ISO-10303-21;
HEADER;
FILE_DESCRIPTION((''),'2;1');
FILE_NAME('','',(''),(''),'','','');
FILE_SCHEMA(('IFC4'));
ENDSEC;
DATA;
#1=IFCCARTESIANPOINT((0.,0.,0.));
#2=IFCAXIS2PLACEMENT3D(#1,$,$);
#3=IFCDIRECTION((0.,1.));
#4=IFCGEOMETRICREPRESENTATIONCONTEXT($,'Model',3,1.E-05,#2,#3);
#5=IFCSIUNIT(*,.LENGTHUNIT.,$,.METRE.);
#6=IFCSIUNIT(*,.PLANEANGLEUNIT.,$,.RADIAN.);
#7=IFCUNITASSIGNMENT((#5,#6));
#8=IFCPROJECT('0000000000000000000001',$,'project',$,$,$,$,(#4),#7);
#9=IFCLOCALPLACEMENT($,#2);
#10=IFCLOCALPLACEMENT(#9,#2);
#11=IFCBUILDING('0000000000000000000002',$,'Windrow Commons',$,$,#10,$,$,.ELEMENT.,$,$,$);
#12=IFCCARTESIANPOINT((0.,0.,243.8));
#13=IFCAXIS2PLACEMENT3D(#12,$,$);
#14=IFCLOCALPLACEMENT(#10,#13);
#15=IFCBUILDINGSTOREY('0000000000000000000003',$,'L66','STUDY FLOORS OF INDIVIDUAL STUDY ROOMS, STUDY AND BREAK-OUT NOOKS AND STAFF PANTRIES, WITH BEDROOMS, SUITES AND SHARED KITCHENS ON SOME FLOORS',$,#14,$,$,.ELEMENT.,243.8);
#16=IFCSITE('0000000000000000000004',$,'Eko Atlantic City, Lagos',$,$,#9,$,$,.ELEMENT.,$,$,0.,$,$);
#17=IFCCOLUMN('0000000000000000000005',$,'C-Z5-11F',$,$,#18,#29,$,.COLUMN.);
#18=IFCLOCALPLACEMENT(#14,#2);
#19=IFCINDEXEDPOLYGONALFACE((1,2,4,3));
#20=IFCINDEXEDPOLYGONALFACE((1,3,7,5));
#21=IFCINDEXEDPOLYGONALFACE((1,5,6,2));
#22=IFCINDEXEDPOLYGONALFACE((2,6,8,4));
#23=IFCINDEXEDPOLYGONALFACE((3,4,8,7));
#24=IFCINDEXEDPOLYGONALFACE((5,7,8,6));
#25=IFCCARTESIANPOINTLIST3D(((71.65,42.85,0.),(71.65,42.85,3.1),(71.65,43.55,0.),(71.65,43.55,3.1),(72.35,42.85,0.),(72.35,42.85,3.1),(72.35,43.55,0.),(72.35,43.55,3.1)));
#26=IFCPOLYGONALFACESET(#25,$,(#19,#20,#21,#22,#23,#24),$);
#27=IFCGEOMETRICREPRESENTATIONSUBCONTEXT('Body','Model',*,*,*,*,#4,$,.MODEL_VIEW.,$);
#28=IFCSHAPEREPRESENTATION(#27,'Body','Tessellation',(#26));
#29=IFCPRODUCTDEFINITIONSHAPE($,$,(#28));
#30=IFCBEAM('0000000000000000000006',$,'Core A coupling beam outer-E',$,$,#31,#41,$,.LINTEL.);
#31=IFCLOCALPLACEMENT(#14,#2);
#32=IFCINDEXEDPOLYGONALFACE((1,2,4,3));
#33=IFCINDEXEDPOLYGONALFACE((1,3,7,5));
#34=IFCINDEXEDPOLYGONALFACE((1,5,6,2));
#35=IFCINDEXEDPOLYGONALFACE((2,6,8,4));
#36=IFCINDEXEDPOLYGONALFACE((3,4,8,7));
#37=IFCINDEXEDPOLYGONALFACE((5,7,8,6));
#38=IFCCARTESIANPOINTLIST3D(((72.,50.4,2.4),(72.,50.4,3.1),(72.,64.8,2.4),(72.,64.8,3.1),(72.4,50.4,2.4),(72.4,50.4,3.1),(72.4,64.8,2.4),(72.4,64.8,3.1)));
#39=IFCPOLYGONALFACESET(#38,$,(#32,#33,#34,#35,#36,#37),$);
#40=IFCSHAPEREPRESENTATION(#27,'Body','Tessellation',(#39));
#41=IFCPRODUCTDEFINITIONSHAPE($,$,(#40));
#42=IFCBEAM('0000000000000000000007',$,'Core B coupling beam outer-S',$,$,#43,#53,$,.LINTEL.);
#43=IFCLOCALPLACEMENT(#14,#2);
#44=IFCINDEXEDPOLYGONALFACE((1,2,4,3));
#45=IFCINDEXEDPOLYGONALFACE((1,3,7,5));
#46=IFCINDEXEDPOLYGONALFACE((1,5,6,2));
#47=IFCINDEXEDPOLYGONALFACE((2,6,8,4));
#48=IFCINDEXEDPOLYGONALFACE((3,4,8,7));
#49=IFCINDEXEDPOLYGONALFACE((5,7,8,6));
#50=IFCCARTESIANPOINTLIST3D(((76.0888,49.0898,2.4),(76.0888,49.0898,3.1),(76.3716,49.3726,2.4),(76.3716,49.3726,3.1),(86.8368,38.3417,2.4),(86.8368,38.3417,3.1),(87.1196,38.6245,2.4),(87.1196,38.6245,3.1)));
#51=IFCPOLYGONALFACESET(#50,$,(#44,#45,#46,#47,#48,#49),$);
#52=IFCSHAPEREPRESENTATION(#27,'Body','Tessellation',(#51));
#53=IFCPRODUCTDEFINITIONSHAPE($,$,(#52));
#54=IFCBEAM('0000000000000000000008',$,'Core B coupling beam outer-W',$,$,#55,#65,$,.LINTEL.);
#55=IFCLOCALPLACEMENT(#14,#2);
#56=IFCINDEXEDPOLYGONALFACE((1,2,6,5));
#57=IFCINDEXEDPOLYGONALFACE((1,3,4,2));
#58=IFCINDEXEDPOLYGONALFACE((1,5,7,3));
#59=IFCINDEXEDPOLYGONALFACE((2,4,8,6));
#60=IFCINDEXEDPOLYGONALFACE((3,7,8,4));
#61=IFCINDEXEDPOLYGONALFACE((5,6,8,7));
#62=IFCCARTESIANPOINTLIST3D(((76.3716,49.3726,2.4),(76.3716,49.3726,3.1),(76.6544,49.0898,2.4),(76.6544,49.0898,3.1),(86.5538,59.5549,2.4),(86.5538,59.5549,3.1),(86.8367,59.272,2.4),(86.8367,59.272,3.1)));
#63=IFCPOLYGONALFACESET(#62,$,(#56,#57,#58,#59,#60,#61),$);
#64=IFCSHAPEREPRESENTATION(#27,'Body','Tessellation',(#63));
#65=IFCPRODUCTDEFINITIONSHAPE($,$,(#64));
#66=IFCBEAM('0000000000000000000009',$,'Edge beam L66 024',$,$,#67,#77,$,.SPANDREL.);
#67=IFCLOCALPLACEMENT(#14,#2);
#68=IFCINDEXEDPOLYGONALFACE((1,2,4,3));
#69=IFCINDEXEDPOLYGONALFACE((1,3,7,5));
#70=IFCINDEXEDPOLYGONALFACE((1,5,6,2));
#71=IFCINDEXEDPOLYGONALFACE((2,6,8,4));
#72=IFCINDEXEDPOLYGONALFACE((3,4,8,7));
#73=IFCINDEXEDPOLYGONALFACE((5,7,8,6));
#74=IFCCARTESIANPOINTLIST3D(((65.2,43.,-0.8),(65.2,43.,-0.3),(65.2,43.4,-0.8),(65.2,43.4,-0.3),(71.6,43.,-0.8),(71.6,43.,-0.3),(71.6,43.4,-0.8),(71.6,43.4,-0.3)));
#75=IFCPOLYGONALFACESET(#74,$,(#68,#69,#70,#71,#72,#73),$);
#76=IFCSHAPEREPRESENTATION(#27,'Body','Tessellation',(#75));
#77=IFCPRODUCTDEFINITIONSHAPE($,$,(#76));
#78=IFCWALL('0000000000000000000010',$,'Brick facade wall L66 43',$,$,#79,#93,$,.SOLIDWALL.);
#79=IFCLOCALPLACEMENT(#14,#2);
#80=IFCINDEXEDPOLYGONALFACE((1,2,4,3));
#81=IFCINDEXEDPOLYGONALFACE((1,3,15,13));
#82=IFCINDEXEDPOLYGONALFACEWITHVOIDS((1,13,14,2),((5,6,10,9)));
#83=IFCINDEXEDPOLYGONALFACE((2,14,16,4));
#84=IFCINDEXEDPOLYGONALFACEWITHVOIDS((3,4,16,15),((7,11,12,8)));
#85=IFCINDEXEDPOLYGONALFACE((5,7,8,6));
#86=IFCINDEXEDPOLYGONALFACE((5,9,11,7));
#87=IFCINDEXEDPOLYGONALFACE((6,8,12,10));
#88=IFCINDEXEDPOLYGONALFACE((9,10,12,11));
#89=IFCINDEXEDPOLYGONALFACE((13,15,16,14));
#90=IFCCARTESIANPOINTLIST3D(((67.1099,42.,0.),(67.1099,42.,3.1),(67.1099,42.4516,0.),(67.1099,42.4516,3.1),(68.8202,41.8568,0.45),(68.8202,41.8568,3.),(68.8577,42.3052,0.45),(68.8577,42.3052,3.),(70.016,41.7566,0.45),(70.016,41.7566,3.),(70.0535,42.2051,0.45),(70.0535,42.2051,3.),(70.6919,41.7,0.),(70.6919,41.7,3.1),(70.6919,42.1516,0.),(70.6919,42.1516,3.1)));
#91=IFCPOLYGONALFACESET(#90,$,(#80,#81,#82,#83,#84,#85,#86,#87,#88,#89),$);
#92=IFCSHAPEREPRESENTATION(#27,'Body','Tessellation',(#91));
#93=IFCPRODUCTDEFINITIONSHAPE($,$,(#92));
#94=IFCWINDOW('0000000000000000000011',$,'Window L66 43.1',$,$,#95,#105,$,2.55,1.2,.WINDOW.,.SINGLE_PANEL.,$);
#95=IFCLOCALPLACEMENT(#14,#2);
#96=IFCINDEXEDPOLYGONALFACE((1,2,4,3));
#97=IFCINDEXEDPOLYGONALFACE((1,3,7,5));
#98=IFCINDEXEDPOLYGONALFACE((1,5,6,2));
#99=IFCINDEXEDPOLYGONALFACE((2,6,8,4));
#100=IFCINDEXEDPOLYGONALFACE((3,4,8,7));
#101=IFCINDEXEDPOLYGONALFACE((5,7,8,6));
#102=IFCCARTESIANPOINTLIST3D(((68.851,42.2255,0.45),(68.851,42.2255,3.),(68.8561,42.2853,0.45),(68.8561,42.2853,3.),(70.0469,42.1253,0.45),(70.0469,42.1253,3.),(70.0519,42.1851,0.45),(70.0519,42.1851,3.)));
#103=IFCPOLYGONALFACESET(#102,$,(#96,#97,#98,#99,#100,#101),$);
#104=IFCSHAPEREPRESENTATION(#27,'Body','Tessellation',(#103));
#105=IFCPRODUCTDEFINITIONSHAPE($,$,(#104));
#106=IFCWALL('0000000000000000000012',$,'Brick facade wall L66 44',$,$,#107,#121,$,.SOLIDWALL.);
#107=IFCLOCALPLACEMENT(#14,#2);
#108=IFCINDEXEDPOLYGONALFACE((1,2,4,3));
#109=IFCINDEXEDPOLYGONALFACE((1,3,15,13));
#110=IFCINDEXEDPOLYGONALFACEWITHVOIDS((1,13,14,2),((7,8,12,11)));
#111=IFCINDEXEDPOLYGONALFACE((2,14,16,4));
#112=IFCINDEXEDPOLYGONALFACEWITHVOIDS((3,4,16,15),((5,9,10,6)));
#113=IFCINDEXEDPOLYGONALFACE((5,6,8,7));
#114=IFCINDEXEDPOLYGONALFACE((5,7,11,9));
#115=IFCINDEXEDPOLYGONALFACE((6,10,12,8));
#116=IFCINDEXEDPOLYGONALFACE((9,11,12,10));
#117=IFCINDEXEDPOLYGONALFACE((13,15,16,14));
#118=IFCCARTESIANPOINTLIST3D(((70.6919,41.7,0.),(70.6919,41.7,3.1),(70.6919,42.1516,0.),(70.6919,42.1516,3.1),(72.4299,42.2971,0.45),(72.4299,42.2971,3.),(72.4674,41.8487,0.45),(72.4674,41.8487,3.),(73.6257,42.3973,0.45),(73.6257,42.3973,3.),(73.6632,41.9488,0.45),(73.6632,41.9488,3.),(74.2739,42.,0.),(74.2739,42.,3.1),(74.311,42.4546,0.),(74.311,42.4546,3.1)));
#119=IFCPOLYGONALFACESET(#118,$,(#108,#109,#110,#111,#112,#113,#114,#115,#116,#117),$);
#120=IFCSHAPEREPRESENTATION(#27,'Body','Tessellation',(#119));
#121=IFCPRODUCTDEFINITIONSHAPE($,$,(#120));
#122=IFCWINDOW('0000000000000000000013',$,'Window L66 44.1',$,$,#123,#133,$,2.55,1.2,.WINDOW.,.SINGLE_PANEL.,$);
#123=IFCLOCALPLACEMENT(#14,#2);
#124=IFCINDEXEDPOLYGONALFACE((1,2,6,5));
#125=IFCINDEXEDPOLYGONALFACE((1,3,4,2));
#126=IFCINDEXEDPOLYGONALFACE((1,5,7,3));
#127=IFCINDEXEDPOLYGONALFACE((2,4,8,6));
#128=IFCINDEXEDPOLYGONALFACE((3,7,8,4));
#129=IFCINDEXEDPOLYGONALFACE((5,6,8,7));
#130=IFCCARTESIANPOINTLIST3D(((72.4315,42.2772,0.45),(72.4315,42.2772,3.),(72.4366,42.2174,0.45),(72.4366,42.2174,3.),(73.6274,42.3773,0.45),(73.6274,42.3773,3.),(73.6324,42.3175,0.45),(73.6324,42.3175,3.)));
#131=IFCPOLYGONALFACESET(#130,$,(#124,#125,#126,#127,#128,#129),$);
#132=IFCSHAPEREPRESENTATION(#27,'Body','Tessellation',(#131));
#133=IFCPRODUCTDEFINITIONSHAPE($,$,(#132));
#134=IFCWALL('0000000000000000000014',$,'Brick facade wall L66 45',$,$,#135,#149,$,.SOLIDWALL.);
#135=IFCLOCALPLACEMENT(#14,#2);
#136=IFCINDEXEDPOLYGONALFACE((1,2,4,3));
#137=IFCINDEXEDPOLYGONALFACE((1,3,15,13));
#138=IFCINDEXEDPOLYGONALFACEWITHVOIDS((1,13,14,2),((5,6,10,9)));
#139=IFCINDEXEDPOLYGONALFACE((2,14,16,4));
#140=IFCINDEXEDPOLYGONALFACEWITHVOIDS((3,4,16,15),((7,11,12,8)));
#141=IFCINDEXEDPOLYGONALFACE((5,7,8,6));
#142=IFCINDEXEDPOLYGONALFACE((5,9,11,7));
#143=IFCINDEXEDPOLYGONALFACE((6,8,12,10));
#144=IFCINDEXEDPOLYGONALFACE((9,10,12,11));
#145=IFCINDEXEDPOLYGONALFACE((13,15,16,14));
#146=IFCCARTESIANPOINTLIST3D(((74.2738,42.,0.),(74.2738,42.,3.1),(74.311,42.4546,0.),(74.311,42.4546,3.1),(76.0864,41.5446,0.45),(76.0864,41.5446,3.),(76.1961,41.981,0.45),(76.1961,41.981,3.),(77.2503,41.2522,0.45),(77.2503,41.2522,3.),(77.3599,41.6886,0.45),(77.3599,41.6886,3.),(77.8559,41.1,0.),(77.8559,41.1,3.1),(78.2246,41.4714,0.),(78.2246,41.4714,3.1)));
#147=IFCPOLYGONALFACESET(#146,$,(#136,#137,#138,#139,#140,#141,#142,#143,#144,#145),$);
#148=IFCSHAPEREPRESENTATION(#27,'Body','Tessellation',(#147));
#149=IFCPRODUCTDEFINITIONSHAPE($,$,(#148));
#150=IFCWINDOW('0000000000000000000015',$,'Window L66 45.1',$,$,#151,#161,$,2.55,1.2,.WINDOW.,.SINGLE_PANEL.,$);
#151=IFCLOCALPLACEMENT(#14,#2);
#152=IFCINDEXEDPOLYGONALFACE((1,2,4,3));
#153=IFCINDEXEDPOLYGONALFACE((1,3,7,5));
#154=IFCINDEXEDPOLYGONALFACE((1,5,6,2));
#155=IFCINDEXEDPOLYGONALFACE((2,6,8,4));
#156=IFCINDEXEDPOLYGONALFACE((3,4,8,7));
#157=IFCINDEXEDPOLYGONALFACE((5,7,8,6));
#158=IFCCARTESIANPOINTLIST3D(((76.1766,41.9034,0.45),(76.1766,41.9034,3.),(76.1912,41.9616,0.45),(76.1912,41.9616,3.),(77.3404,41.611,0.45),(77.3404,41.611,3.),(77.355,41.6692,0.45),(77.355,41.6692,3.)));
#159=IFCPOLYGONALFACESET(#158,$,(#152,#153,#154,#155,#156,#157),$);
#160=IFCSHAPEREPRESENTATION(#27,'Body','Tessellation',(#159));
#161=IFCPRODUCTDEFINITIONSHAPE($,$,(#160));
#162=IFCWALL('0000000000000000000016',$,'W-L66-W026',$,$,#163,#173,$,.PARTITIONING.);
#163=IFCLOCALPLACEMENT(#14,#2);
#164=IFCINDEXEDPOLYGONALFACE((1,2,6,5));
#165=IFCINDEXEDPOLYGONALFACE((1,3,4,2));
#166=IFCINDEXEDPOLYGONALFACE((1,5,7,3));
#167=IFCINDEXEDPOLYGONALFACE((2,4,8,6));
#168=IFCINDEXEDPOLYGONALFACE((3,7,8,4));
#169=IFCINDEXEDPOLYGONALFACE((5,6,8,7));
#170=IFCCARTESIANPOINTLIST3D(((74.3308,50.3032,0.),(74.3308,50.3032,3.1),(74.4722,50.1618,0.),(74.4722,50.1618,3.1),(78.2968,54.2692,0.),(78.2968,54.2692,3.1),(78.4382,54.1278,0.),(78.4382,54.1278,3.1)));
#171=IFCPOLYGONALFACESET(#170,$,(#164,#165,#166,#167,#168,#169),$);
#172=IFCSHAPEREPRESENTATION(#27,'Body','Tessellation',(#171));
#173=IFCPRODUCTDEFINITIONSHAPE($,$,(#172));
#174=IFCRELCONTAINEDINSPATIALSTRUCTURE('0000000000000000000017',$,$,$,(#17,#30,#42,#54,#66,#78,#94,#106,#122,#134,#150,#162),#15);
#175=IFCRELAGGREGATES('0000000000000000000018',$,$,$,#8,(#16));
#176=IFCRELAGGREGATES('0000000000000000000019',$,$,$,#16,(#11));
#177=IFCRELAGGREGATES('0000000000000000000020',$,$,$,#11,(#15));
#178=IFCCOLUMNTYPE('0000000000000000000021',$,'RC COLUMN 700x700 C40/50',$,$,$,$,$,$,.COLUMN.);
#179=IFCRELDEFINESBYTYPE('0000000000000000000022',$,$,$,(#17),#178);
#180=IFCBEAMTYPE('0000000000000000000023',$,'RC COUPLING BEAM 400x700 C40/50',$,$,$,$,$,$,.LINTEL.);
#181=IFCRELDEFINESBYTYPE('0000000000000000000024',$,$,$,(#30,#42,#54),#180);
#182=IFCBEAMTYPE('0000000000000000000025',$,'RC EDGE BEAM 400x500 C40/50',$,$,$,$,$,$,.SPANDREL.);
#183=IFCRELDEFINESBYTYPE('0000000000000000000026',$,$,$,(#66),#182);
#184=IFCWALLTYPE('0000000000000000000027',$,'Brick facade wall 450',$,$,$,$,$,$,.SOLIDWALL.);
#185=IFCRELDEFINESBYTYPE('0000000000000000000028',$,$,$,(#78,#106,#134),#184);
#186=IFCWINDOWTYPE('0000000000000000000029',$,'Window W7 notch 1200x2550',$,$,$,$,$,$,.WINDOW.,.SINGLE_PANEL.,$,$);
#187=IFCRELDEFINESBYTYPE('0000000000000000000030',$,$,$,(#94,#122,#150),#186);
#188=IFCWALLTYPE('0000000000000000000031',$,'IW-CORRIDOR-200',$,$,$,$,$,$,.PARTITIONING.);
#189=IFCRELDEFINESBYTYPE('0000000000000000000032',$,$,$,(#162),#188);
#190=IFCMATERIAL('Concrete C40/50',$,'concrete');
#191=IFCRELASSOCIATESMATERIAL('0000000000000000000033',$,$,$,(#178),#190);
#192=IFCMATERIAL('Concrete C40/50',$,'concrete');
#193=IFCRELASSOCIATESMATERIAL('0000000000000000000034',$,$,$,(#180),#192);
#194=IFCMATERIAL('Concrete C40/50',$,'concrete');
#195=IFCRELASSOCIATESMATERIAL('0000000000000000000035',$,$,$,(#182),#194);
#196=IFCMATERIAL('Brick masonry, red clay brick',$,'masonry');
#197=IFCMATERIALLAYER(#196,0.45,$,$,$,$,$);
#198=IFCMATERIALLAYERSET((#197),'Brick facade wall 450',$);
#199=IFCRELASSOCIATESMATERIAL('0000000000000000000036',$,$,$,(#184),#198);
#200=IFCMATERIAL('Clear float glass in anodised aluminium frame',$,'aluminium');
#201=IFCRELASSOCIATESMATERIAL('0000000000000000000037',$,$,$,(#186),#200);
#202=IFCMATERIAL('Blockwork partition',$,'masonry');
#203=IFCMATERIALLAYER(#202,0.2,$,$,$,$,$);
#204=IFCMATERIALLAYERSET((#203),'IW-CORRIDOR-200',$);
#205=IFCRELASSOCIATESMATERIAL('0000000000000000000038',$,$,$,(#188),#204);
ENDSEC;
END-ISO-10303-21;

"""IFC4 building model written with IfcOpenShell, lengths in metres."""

from ifc_helpers import new_model, si_unit, direction, frame, frame_2d, origin, origin_2d, place, context, subcontext, project, spatial, polyline, rectangle, outline, extrude, material, layer, layer_set, material_profile, profile_set, type_object, element, fill, save


model = new_model("IFC4")

# Units and contexts
model_context = context("Model", 3, precision=1e-05, world=origin(), true_north=direction((0.0, 1.0)))
body_context = subcontext(model_context, "Body", "Model", "MODEL_VIEW")
ifc_project = project(units=[si_unit("LENGTHUNIT", "METRE"), si_unit("PLANEANGLEUNIT", "RADIAN")], contexts=[model_context])

# Site, building, storey
site_placement = place(None, origin())
site = spatial("IfcSite", under=ifc_project, at=site_placement, Name="Eko Atlantic City, Lagos", CompositionType="ELEMENT", RefElevation=0.0)
building_placement = place(site_placement, origin())
building = spatial("IfcBuilding", under=site, at=building_placement, Name="Windrow Commons", CompositionType="ELEMENT")
storey_placement = place(building_placement, frame((0.0, 0.0, 243.8)))
storey = spatial("IfcBuildingStorey", under=building, at=storey_placement, Name="L66", Description="STUDY FLOORS OF INDIVIDUAL STUDY ROOMS, STUDY AND BREAK-OUT NOOKS AND STAFF PANTRIES, WITH BEDROOMS, SUITES AND SHARED KITCHENS ON SOME FLOORS", CompositionType="ELEMENT", Elevation=243.8)

# Column
ifc_material_1 = material(Name="Concrete C40/50", Category="concrete")
ifc_material_profile_1 = material_profile(ifc_material_1, rectangle(XDim=0.7, YDim=0.7, at=origin_2d()))
ifc_profile_set_1 = profile_set([ifc_material_profile_1], Name="Concrete C40/50")
column_type = type_object("IfcColumnType", Name="RC COLUMN 700x700 C40/50", PredefinedType="COLUMN", material=ifc_profile_set_1)
column_placement = place(storey_placement, frame((72.0, 43.2, 0.0), z_axis=(0.0, 0.0, 1.0), x_axis=(1.0, 0.0, 0.0)))
element("IfcColumn", 1, at=column_placement, inside=storey, type_object=column_type, Name="C-Z5-11F", PredefinedType="COLUMN", context=body_context, shape_type="SweptSolid", body=[
    extrude(rectangle(XDim=0.7, YDim=0.7, at=origin_2d()), origin(), (0.0, 0.0, 1.0), 3.1),
])

# Beams
ifc_material_2 = material(Name="Concrete C40/50", Category="concrete")
ifc_material_profile_2 = material_profile(ifc_material_2, rectangle(XDim=0.4, YDim=0.7, at=origin_2d()))
ifc_profile_set_2 = profile_set([ifc_material_profile_2], Name="Concrete C40/50")
beam_type_1 = type_object("IfcBeamType", Name="RC COUPLING BEAM 400x700 C40/50", PredefinedType="LINTEL", material=ifc_profile_set_2)
beam_1_placement = place(storey_placement, frame((72.2, 50.4, 2.75), z_axis=(0.0, 1.0, 0.0), x_axis=(-1.0, 0.0, 0.0)))
element("IfcBeam", 2, at=beam_1_placement, inside=storey, type_object=beam_type_1, Name="Core A coupling beam outer-E", PredefinedType="LINTEL", context=body_context, shape_type="SweptSolid", body=[
    extrude(rectangle(XDim=0.4, YDim=0.7, at=origin_2d()), origin(), (0.0, 0.0, 1.0), 14.4),
])
beam_2_placement = place(storey_placement, frame((76.2302, 49.2312, 2.75), z_axis=(0.707103, -0.70711, 0.0), x_axis=(0.70711, 0.707103, 0.0)))
element("IfcBeam", 3, at=beam_2_placement, inside=storey, type_object=beam_type_1, Name="Core B coupling beam outer-S", PredefinedType="LINTEL", context=body_context, shape_type="SweptSolid", body=[
    extrude(rectangle(XDim=0.4, YDim=0.7, at=origin_2d()), origin(), (0.0, 0.0, 1.0), 15.2),
])
beam_3_placement = place(storey_placement, frame((76.513, 49.2312, 2.75), z_axis=(0.707107, 0.707107, 0.0), x_axis=(-0.707107, 0.707107, 0.0)))
element("IfcBeam", 4, at=beam_3_placement, inside=storey, type_object=beam_type_1, Name="Core B coupling beam outer-W", PredefinedType="LINTEL", context=body_context, shape_type="SweptSolid", body=[
    extrude(rectangle(XDim=0.4, YDim=0.7, at=origin_2d()), origin(), (0.0, 0.0, 1.0), 14.3999),
])
ifc_material_3 = material(Name="Concrete C40/50", Category="concrete")
ifc_material_profile_3 = material_profile(ifc_material_3, rectangle(XDim=0.4, YDim=0.5, at=origin_2d()))
ifc_profile_set_3 = profile_set([ifc_material_profile_3], Name="Concrete C40/50")
beam_type_2 = type_object("IfcBeamType", Name="RC EDGE BEAM 400x500 C40/50", PredefinedType="SPANDREL", material=ifc_profile_set_3)
beam_4_placement = place(storey_placement, frame((71.6, 43.2, -0.55), z_axis=(-1.0, 0.0, 0.0), x_axis=(0.0, -1.0, 0.0)))
element("IfcBeam", 5, at=beam_4_placement, inside=storey, type_object=beam_type_2, Name="Edge beam L66 024", PredefinedType="SPANDREL", context=body_context, shape_type="SweptSolid", body=[
    extrude(rectangle(XDim=0.4, YDim=0.5, at=origin_2d()), origin(), (0.0, 0.0, 1.0), 6.4),
])

# Walls, openings, windows
ifc_material_4 = material(Name="Brick masonry, red clay brick", Category="masonry")
ifc_layer_1 = layer(ifc_material_4, 0.45)
ifc_layer_set_1 = layer_set([ifc_layer_1], Name="Brick facade wall 450")
wall_type_1 = type_object("IfcWallType", Name="Brick facade wall 450", PredefinedType="SOLIDWALL", material=ifc_layer_set_1)
wall_1_placement = place(storey_placement, frame((67.1099, 42.2258, 0.0), z_axis=(0.0, 0.0, 1.0), x_axis=(0.996511, -0.08346, 0.0)))
wall_1 = element("IfcWall", 6, at=wall_1_placement, inside=storey, type_object=wall_type_1, Name="Brick facade wall L66 43", PredefinedType="SOLIDWALL", context=body_context, shape_type="SweptSolid", body=[
    extrude(outline(polyline([(0.0188, -0.225), (3.6134, -0.225), (3.5757, 0.225), (-0.0188, 0.225), (0.0188, -0.225)])), origin(), (0.0, 0.0, 1.0), 3.1),
])
opening_1_placement = place(wall_1_placement, frame((1.7351, 0.0, 0.45)))
opening_1 = element("IfcOpeningElement", 7, at=opening_1_placement, cuts=wall_1, PredefinedType="OPENING", context=body_context, shape_type="SweptSolid", body=[
    extrude(rectangle(XDim=1.2, YDim=2.55, at=frame_2d((0.6, 1.275))), frame((0.0, 0.235, 0.0), z_axis=(0.0, -1.0, 0.0), x_axis=(1.0, 0.0, 0.0)), (0.0, 0.0, 1.0), 0.47),
])
ifc_material_5 = material(Name="Clear float glass in anodised aluminium frame", Category="aluminium")
window_type = type_object("IfcWindowType", Name="Window W7 notch 1200x2550", PartitioningType="SINGLE_PANEL", PredefinedType="WINDOW", material=ifc_material_5)
window_1_placement = place(opening_1_placement, origin())
window_1 = element("IfcWindow", 8, at=window_1_placement, inside=storey, type_object=window_type, Name="Window L66 43.1", OverallHeight=2.55, OverallWidth=1.2, PartitioningType="SINGLE_PANEL", PredefinedType="WINDOW", context=body_context, shape_type="SweptSolid", body=[
    extrude(rectangle(XDim=1.2, YDim=2.55, at=frame_2d((0.6, 1.275))), frame((0.0, 0.205, 0.0), z_axis=(0.0, -1.0, 0.0), x_axis=(1.0, 0.0, 0.0)), (0.0, 0.0, 1.0), 0.06),
])
fill(opening_1, window_1)
wall_2_placement = place(storey_placement, frame((70.6919, 41.9258, 0.0), z_axis=(0.0, 0.0, 1.0), x_axis=(0.996512, 0.083446, 0.0)))
wall_2 = element("IfcWall", 9, at=wall_2_placement, inside=storey, type_object=wall_type_1, Name="Brick facade wall L66 44", PredefinedType="SOLIDWALL", context=body_context, shape_type="SweptSolid", body=[
    extrude(outline(polyline([(-0.0188, -0.225), (3.5757, -0.225), (3.6506, 0.225), (0.0188, 0.225), (-0.0188, -0.225)])), origin(), (0.0, 0.0, 1.0), 3.1),
])
opening_2_placement = place(wall_2_placement, frame((1.7629, 0.0, 0.45)))
opening_2 = element("IfcOpeningElement", 10, at=opening_2_placement, cuts=wall_2, PredefinedType="OPENING", context=body_context, shape_type="SweptSolid", body=[
    extrude(rectangle(XDim=1.2, YDim=2.55, at=frame_2d((0.6, 1.275))), frame((0.0, 0.235, 0.0), z_axis=(0.0, -1.0, 0.0), x_axis=(1.0, 0.0, 0.0)), (0.0, 0.0, 1.0), 0.47),
])
window_2_placement = place(opening_2_placement, origin())
window_2 = element("IfcWindow", 11, at=window_2_placement, inside=storey, type_object=window_type, Name="Window L66 44.1", OverallHeight=2.55, OverallWidth=1.2, PartitioningType="SINGLE_PANEL", PredefinedType="WINDOW", context=body_context, shape_type="SweptSolid", body=[
    extrude(rectangle(XDim=1.2, YDim=2.55, at=frame_2d((0.6, 1.275))), frame((0.0, 0.205, 0.0), z_axis=(0.0, -1.0, 0.0), x_axis=(1.0, 0.0, 0.0)), (0.0, 0.0, 1.0), 0.06),
])
fill(opening_2, window_2)
wall_3_placement = place(storey_placement, frame((74.2924, 42.2273, 0.0), z_axis=(0.0, 0.0, 1.0), x_axis=(0.96986, -0.243662, 0.0)))
wall_3 = element("IfcWall", 12, at=wall_3_placement, inside=storey, type_object=wall_type_1, Name="Brick facade wall L66 45", PredefinedType="SOLIDWALL", context=body_context, shape_type="SweptSolid", body=[
    extrude(outline(polyline([(0.0374, -0.225), (3.7308, -0.225), (3.9979, 0.225), (-0.0374, 0.225), (0.0374, -0.225)])), origin(), (0.0, 0.0, 1.0), 3.1),
])
opening_3_placement = place(wall_3_placement, frame((1.9063, 0.0, 0.45)))
opening_3 = element("IfcOpeningElement", 13, at=opening_3_placement, cuts=wall_3, PredefinedType="OPENING", context=body_context, shape_type="SweptSolid", body=[
    extrude(rectangle(XDim=1.2, YDim=2.55, at=frame_2d((0.6, 1.275))), frame((0.0, 0.235, 0.0), z_axis=(0.0, -1.0, 0.0), x_axis=(1.0, 0.0, 0.0)), (0.0, 0.0, 1.0), 0.47),
])
window_3_placement = place(opening_3_placement, origin())
window_3 = element("IfcWindow", 14, at=window_3_placement, inside=storey, type_object=window_type, Name="Window L66 45.1", OverallHeight=2.55, OverallWidth=1.2, PartitioningType="SINGLE_PANEL", PredefinedType="WINDOW", context=body_context, shape_type="SweptSolid", body=[
    extrude(rectangle(XDim=1.2, YDim=2.55, at=frame_2d((0.6, 1.275))), frame((0.0, 0.205, 0.0), z_axis=(0.0, -1.0, 0.0), x_axis=(1.0, 0.0, 0.0)), (0.0, 0.0, 1.0), 0.06),
])
fill(opening_3, window_3)

# Wall
ifc_material_6 = material(Name="Blockwork partition", Category="masonry")
ifc_layer_2 = layer(ifc_material_6, 0.2)
ifc_layer_set_2 = layer_set([ifc_layer_2], Name="IW-CORRIDOR-200")
wall_type_2 = type_object("IfcWallType", Name="IW-CORRIDOR-200", PredefinedType="PARTITIONING", material=ifc_layer_set_2)
wall_4_placement = place(storey_placement, frame((74.4015, 50.2325, 0.0), z_axis=(0.0, 0.0, 1.0), x_axis=(0.707107, 0.707107, 0.0)))
element("IfcWall", 15, at=wall_4_placement, inside=storey, type_object=wall_type_2, Name="W-L66-W026", PredefinedType="PARTITIONING", context=body_context, shape_type="SweptSolid", body=[
    extrude(rectangle(XDim=5.6088, YDim=0.2, at=frame_2d((2.8044, 0.0))), origin(), (0.0, 0.0, 1.0), 3.1),
])

save(model, "model.ifc")
